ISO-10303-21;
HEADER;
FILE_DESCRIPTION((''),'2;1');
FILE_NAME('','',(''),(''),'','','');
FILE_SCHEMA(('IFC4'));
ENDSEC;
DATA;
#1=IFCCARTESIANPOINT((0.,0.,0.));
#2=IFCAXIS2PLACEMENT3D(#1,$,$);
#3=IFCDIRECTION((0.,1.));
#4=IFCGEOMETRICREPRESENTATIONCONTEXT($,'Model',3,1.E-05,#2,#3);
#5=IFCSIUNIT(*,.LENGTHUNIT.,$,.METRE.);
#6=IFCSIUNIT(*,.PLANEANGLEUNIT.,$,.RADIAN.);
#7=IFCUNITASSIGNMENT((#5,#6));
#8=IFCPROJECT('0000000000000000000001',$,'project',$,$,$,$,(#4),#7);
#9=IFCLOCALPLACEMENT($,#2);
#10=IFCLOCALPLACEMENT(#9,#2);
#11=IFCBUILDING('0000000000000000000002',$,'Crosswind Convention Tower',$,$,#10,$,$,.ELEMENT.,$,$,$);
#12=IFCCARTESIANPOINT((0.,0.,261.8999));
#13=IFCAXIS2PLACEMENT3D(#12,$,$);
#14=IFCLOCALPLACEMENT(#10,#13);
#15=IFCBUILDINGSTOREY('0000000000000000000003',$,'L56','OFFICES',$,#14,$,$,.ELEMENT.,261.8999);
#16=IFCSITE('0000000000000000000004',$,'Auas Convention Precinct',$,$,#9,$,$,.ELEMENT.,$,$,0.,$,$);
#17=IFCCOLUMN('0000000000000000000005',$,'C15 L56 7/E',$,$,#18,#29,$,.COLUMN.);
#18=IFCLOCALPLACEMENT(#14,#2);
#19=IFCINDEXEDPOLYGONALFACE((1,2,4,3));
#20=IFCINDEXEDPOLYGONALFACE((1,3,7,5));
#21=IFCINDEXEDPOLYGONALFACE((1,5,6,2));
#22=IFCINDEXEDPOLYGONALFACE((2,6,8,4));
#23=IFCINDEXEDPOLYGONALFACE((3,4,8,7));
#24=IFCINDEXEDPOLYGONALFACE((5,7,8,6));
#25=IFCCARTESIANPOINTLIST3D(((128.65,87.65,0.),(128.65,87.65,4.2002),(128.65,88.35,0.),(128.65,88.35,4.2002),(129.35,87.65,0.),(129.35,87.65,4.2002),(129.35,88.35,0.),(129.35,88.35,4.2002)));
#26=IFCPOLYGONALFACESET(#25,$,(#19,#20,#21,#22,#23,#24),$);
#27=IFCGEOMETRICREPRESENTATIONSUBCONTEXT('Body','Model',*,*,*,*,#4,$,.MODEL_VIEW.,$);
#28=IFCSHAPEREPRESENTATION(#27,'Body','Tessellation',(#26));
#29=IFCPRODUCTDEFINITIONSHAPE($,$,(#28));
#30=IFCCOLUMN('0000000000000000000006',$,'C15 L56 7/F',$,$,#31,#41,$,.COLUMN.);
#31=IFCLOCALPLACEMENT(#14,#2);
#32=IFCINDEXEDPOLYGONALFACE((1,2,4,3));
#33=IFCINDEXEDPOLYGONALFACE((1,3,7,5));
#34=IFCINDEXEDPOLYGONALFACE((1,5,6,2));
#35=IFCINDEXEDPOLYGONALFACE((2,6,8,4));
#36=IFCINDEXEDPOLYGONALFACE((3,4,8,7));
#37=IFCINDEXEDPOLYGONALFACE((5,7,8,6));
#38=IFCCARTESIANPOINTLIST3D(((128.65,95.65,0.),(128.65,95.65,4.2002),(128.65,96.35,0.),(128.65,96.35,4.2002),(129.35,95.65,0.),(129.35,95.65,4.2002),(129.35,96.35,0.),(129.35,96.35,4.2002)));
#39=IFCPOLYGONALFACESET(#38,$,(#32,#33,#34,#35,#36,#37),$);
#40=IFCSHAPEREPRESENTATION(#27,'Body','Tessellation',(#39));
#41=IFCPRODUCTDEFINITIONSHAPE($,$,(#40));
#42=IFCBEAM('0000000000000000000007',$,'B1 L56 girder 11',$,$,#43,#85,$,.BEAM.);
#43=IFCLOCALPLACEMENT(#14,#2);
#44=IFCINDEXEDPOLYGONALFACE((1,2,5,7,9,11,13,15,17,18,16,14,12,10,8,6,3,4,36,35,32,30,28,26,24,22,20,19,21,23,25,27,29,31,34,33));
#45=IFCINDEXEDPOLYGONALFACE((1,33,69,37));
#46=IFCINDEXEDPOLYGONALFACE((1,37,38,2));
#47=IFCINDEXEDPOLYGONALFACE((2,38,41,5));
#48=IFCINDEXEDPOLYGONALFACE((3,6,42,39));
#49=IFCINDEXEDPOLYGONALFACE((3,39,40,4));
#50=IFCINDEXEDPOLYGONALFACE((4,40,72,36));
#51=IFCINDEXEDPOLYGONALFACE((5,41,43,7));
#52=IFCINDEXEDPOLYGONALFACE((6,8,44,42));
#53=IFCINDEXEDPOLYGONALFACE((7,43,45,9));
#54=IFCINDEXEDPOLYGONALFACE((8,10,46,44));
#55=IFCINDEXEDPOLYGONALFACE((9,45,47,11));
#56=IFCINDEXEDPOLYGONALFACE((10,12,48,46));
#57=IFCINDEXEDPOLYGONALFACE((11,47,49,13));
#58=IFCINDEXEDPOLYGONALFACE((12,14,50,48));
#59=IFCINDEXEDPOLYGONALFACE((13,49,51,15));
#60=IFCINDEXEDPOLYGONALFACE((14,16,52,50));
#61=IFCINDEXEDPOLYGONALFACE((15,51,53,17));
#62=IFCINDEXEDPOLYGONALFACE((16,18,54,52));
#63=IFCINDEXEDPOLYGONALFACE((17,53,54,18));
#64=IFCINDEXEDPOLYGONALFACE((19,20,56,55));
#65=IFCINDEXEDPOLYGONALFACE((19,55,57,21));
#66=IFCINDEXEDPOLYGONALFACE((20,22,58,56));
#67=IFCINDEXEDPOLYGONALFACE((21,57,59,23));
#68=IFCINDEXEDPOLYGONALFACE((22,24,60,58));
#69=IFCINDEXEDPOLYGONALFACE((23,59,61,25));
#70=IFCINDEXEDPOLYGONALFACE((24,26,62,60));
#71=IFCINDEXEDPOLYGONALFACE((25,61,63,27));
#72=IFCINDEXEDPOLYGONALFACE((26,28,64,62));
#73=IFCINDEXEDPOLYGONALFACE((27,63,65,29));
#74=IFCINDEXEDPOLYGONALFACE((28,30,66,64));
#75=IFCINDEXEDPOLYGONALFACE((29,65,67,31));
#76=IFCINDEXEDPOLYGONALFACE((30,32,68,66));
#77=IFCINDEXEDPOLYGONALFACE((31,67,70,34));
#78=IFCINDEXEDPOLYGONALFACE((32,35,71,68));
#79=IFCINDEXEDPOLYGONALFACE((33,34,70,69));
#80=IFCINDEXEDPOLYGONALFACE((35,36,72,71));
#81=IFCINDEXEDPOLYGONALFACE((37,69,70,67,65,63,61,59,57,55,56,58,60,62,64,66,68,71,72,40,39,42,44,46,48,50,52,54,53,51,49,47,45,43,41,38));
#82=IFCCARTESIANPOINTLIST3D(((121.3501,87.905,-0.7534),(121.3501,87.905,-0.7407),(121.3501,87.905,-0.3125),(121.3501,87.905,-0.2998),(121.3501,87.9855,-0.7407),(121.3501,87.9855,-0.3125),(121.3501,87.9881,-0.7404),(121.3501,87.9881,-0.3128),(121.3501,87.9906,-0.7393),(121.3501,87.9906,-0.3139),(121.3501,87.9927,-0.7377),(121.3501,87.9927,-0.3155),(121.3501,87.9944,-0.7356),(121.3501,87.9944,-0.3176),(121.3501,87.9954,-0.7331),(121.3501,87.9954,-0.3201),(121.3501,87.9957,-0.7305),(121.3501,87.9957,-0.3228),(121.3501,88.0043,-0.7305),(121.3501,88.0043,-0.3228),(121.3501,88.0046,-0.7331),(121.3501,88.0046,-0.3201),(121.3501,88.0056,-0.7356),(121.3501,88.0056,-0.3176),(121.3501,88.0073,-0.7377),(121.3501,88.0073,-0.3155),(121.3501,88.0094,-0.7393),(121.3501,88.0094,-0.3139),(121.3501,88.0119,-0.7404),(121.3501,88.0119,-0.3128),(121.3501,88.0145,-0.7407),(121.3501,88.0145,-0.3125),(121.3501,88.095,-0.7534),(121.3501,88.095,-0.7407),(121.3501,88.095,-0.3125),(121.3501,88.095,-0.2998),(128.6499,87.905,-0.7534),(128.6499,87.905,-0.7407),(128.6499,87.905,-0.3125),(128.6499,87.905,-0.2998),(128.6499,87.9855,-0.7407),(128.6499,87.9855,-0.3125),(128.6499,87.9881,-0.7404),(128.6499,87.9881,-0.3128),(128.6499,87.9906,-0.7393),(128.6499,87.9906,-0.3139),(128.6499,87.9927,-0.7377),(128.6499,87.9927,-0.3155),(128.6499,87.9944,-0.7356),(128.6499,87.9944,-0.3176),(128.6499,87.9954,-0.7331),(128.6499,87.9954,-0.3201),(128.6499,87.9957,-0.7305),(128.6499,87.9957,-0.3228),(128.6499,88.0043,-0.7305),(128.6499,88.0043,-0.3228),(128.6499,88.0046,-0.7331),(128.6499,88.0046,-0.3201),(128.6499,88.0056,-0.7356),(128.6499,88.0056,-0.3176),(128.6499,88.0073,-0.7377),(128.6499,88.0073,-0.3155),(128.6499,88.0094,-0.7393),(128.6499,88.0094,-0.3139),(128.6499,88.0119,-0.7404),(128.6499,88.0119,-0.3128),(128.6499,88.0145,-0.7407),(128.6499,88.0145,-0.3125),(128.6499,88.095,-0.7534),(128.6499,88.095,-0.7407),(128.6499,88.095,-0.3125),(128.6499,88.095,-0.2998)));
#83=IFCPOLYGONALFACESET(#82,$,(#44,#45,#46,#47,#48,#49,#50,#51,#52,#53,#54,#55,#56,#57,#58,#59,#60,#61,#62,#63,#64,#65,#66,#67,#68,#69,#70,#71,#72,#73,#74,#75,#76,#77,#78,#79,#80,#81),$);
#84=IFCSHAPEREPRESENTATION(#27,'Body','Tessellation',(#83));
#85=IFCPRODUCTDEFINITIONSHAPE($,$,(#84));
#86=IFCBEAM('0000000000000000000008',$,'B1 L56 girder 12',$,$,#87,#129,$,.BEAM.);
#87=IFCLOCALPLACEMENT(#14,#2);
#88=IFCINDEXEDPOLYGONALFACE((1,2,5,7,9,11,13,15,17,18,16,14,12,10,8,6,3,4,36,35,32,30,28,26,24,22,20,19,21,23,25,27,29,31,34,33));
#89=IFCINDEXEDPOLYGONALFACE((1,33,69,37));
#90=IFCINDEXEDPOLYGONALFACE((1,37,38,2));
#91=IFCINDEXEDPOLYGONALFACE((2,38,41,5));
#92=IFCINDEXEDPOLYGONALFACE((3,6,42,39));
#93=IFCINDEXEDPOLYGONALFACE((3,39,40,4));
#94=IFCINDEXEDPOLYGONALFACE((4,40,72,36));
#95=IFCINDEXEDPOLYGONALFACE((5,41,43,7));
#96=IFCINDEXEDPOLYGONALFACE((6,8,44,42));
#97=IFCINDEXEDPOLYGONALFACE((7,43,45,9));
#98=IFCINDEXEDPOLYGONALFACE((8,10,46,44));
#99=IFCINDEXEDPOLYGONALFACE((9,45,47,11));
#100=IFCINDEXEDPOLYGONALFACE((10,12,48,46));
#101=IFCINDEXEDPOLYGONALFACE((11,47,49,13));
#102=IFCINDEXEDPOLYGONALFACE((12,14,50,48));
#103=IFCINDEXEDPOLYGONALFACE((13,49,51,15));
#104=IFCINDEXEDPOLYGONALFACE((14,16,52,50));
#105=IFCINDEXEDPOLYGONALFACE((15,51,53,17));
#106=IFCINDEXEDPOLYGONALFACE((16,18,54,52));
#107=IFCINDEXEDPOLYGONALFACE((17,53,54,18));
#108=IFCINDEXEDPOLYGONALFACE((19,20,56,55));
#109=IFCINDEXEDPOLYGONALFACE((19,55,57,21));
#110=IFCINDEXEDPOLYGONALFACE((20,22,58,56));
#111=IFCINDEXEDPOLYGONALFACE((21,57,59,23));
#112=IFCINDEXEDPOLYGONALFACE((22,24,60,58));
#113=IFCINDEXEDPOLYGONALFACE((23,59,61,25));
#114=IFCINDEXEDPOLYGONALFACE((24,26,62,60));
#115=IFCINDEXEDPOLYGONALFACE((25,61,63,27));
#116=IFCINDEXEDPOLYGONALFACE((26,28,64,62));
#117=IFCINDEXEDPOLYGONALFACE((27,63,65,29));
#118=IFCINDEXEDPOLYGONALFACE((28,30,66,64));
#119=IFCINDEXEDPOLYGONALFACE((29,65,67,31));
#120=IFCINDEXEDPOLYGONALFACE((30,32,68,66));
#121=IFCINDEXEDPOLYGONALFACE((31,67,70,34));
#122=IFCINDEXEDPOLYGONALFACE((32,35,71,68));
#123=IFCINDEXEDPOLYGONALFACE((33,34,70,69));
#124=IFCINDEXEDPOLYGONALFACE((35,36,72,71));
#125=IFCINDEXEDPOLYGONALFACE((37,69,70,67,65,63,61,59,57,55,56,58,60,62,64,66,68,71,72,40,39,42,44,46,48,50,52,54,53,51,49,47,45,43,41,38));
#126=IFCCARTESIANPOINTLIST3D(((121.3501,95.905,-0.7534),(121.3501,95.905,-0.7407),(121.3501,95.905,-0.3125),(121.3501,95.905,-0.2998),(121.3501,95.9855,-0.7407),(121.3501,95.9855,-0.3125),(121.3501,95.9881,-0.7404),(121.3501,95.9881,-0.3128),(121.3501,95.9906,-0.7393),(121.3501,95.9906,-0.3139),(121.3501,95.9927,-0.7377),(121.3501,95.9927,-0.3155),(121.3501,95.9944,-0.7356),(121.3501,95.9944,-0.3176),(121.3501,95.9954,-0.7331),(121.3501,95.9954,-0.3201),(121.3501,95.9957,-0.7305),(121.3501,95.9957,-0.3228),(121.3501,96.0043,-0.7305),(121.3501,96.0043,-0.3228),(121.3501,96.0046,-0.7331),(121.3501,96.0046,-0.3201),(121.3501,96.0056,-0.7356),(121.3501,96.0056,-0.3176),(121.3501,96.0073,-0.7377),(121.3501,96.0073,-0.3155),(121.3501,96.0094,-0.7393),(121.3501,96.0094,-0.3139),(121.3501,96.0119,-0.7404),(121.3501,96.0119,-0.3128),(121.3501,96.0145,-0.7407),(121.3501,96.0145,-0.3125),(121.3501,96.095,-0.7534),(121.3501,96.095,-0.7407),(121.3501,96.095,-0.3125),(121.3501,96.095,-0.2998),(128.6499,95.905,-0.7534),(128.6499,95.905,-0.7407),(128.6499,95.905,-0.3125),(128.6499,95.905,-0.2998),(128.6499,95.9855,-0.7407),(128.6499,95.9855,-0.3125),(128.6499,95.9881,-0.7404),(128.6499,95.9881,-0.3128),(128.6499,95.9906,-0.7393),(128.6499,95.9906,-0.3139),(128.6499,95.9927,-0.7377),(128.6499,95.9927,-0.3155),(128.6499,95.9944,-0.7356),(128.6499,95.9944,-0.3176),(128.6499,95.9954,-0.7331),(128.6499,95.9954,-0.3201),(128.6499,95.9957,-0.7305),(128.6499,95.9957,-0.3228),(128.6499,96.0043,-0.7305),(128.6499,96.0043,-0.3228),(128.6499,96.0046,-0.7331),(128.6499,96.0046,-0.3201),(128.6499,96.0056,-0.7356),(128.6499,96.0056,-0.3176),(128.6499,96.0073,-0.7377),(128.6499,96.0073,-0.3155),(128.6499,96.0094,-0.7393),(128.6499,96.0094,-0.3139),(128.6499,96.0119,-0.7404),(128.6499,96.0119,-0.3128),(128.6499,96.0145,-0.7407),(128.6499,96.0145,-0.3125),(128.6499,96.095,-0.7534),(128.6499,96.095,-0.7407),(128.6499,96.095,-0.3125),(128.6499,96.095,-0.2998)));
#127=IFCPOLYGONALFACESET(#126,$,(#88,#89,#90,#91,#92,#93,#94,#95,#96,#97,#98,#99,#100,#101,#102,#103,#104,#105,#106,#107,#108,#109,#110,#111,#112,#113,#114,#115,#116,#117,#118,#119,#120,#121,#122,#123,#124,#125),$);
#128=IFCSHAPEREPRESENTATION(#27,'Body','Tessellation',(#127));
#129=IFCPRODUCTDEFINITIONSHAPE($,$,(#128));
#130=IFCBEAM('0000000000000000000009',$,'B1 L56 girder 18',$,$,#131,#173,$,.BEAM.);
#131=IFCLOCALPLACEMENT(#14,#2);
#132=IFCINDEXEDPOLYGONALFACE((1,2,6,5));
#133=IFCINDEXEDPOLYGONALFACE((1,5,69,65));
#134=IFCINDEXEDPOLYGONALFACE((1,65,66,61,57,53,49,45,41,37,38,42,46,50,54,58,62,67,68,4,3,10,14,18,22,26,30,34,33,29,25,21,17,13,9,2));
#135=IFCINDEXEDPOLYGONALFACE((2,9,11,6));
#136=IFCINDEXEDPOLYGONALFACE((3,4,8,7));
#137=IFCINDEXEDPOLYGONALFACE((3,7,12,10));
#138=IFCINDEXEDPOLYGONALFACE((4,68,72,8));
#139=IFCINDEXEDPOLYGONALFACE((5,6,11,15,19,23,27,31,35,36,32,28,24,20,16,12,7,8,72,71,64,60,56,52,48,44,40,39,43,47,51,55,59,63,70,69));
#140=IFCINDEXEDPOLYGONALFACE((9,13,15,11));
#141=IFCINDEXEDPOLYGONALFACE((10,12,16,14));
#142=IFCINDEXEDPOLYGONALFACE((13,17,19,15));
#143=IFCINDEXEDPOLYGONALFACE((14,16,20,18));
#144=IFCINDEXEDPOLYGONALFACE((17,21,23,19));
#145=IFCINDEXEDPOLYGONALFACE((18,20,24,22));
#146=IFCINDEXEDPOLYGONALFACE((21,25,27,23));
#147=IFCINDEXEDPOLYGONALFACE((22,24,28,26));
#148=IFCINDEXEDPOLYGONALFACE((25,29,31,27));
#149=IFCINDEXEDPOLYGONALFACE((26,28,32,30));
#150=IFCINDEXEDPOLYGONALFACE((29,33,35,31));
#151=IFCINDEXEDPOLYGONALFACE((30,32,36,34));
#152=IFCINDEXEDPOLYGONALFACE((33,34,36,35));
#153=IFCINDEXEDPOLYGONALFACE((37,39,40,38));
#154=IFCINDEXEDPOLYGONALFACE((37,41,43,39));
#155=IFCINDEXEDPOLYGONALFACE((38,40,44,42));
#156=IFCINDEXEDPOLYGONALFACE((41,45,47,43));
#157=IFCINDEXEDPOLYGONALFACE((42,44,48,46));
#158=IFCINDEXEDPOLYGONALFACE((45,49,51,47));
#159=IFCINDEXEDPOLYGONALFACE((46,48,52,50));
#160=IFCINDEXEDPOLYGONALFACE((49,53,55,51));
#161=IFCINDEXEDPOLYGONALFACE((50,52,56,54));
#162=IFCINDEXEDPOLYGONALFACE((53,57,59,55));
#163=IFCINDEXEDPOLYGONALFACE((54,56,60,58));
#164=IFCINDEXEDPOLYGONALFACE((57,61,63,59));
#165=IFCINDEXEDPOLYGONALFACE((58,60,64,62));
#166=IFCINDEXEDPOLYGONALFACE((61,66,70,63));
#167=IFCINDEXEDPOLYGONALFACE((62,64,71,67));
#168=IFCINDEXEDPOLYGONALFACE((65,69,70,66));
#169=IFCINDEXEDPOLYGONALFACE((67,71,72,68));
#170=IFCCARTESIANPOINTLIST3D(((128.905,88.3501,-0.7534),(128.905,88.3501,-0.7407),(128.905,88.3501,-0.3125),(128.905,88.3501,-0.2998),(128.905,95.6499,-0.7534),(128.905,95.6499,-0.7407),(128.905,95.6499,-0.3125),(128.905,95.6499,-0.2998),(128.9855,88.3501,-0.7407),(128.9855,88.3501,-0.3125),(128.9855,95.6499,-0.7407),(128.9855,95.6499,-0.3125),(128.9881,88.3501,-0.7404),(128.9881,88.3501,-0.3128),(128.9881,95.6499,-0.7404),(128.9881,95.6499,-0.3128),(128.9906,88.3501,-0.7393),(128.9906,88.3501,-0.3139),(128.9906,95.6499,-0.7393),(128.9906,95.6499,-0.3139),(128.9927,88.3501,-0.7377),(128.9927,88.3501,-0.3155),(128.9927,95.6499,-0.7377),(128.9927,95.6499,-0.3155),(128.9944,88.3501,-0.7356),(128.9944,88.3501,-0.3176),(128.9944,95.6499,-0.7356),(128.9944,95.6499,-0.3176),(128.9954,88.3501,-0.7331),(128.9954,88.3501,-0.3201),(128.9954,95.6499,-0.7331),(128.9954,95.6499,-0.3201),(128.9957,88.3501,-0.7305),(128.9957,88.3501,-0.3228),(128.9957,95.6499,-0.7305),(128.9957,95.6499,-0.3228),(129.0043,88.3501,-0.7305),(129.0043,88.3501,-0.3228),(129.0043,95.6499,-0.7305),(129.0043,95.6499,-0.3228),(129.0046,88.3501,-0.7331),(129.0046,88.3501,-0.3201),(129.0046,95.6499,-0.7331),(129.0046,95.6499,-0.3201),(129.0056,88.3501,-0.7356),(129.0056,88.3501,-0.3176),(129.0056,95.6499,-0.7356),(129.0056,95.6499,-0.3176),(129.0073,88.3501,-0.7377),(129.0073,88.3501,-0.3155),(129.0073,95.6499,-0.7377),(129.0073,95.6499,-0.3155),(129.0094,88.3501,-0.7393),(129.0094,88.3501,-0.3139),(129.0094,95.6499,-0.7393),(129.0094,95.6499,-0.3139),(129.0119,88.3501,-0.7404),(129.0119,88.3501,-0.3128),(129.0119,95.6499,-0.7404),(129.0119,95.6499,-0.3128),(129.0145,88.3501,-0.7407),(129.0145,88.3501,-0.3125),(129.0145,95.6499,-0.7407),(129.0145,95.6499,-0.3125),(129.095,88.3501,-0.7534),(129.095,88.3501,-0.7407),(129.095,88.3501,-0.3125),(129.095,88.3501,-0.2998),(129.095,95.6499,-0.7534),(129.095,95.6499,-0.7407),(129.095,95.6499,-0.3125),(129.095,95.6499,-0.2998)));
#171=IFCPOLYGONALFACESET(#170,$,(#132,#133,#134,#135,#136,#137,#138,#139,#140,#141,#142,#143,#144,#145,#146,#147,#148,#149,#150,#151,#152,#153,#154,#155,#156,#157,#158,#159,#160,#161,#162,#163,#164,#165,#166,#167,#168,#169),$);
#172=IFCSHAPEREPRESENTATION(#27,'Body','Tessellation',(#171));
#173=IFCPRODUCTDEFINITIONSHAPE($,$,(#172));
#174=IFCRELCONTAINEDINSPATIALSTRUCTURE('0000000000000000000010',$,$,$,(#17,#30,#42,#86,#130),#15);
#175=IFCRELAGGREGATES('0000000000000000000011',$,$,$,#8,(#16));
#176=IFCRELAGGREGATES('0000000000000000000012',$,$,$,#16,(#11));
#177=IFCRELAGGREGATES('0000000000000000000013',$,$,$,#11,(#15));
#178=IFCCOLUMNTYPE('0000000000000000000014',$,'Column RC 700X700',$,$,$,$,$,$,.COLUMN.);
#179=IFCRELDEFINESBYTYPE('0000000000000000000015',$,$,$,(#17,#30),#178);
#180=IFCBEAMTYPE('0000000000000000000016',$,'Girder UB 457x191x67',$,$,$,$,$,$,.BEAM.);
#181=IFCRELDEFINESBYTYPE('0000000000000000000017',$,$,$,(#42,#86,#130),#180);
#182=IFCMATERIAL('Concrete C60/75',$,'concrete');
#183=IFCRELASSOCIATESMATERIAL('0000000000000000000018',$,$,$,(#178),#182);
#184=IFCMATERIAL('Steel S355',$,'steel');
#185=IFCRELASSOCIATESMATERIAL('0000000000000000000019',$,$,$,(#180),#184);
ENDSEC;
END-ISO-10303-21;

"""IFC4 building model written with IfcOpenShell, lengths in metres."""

from ifc_helpers import new_model, si_unit, direction, frame, origin, origin_2d, place, context, subcontext, project, spatial, rectangle, i_section, extrude, material, material_profile, profile_set, type_object, element, save


model = new_model("IFC4")

# Units and contexts
model_context = context("Model", 3, precision=1e-05, world=origin(), true_north=direction((0.0, 1.0)))
body_context = subcontext(model_context, "Body", "Model", "MODEL_VIEW")
ifc_project = project(units=[si_unit("LENGTHUNIT", "METRE"), si_unit("PLANEANGLEUNIT", "RADIAN")], contexts=[model_context])

# Site, building, storey
site_placement = place(None, origin())
site = spatial("IfcSite", under=ifc_project, at=site_placement, Name="Auas Convention Precinct", CompositionType="ELEMENT", RefElevation=0.0)
building_placement = place(site_placement, origin())
building = spatial("IfcBuilding", under=site, at=building_placement, Name="Crosswind Convention Tower", CompositionType="ELEMENT")
storey_placement = place(building_placement, frame((0.0, 0.0, 261.8999)))
storey = spatial("IfcBuildingStorey", under=building, at=storey_placement, Name="L56", Description="OFFICES", CompositionType="ELEMENT", Elevation=261.8999)

# Columns
ifc_material_1 = material(Name="Concrete C60/75", Category="concrete")
ifc_material_profile_1 = material_profile(ifc_material_1, rectangle(XDim=0.7, YDim=0.7, at=origin_2d()), Name="RC 700X700")
ifc_profile_set_1 = profile_set([ifc_material_profile_1], Name="Concrete C60/75")
column_type = type_object("IfcColumnType", Name="Column RC 700X700", PredefinedType="COLUMN", material=ifc_profile_set_1)
for number, where, z_axis, x_axis, name in (
    (1, (129.0, 88.0, 0.0), (0.0, 0.0, 1.0), (1.0, 0.0, 0.0), "C15 L56 7/E"),
    (2, (129.0, 96.0, 0.0), (0.0, 0.0, 1.0), (1.0, 0.0, 0.0), "C15 L56 7/F"),
):
    element("IfcColumn", number, at=place(storey_placement, frame(where, z_axis=z_axis, x_axis=x_axis)), inside=storey, type_object=column_type, Name=name, PredefinedType="COLUMN", context=body_context, shape_type="SweptSolid", body=[
        extrude(rectangle(XDim=0.7, YDim=0.7, at=origin_2d()), origin(), (0.0, 0.0, 1.0), 4.2002),
    ])

# Beams
ifc_material_2 = material(Name="Steel S355", Category="steel")
ifc_material_profile_2 = material_profile(ifc_material_2, i_section(OverallWidth=0.1899, OverallDepth=0.4536, WebThickness=0.0085, FlangeThickness=0.0127, FilletRadius=0.0103, at=origin_2d()), Name="UB 457x191x67")
ifc_profile_set_2 = profile_set([ifc_material_profile_2], Name="Steel S355")
beam_type_1 = type_object("IfcBeamType", Name="Girder UB 457x191x67", PredefinedType="BEAM", material=ifc_profile_set_2)
for number, where, z_axis, x_axis, name in (
    (3, (121.3501, 88.0, -0.5266), (1.0, 0.0, 0.0), (0.0, 1.0, 0.0), "B1 L56 girder 11"),
    (4, (121.3501, 96.0, -0.5266), (1.0, 0.0, 0.0), (0.0, 1.0, 0.0), "B1 L56 girder 12"),
    (5, (129.0, 88.3501, -0.5266), (0.0, 1.0, 0.0), (-1.0, 0.0, 0.0), "B1 L56 girder 18"),
):
    element("IfcBeam", number, at=place(storey_placement, frame(where, z_axis=z_axis, x_axis=x_axis)), inside=storey, type_object=beam_type_1, Name=name, PredefinedType="BEAM", context=body_context, shape_type="SweptSolid", body=[
        extrude(i_section(OverallWidth=0.1899, OverallDepth=0.4536, WebThickness=0.0085, FlangeThickness=0.0127, FilletRadius=0.0103, at=origin_2d()), origin(), (0.0, 0.0, 1.0), 7.2998),
    ])

save(model, "model.ifc")
